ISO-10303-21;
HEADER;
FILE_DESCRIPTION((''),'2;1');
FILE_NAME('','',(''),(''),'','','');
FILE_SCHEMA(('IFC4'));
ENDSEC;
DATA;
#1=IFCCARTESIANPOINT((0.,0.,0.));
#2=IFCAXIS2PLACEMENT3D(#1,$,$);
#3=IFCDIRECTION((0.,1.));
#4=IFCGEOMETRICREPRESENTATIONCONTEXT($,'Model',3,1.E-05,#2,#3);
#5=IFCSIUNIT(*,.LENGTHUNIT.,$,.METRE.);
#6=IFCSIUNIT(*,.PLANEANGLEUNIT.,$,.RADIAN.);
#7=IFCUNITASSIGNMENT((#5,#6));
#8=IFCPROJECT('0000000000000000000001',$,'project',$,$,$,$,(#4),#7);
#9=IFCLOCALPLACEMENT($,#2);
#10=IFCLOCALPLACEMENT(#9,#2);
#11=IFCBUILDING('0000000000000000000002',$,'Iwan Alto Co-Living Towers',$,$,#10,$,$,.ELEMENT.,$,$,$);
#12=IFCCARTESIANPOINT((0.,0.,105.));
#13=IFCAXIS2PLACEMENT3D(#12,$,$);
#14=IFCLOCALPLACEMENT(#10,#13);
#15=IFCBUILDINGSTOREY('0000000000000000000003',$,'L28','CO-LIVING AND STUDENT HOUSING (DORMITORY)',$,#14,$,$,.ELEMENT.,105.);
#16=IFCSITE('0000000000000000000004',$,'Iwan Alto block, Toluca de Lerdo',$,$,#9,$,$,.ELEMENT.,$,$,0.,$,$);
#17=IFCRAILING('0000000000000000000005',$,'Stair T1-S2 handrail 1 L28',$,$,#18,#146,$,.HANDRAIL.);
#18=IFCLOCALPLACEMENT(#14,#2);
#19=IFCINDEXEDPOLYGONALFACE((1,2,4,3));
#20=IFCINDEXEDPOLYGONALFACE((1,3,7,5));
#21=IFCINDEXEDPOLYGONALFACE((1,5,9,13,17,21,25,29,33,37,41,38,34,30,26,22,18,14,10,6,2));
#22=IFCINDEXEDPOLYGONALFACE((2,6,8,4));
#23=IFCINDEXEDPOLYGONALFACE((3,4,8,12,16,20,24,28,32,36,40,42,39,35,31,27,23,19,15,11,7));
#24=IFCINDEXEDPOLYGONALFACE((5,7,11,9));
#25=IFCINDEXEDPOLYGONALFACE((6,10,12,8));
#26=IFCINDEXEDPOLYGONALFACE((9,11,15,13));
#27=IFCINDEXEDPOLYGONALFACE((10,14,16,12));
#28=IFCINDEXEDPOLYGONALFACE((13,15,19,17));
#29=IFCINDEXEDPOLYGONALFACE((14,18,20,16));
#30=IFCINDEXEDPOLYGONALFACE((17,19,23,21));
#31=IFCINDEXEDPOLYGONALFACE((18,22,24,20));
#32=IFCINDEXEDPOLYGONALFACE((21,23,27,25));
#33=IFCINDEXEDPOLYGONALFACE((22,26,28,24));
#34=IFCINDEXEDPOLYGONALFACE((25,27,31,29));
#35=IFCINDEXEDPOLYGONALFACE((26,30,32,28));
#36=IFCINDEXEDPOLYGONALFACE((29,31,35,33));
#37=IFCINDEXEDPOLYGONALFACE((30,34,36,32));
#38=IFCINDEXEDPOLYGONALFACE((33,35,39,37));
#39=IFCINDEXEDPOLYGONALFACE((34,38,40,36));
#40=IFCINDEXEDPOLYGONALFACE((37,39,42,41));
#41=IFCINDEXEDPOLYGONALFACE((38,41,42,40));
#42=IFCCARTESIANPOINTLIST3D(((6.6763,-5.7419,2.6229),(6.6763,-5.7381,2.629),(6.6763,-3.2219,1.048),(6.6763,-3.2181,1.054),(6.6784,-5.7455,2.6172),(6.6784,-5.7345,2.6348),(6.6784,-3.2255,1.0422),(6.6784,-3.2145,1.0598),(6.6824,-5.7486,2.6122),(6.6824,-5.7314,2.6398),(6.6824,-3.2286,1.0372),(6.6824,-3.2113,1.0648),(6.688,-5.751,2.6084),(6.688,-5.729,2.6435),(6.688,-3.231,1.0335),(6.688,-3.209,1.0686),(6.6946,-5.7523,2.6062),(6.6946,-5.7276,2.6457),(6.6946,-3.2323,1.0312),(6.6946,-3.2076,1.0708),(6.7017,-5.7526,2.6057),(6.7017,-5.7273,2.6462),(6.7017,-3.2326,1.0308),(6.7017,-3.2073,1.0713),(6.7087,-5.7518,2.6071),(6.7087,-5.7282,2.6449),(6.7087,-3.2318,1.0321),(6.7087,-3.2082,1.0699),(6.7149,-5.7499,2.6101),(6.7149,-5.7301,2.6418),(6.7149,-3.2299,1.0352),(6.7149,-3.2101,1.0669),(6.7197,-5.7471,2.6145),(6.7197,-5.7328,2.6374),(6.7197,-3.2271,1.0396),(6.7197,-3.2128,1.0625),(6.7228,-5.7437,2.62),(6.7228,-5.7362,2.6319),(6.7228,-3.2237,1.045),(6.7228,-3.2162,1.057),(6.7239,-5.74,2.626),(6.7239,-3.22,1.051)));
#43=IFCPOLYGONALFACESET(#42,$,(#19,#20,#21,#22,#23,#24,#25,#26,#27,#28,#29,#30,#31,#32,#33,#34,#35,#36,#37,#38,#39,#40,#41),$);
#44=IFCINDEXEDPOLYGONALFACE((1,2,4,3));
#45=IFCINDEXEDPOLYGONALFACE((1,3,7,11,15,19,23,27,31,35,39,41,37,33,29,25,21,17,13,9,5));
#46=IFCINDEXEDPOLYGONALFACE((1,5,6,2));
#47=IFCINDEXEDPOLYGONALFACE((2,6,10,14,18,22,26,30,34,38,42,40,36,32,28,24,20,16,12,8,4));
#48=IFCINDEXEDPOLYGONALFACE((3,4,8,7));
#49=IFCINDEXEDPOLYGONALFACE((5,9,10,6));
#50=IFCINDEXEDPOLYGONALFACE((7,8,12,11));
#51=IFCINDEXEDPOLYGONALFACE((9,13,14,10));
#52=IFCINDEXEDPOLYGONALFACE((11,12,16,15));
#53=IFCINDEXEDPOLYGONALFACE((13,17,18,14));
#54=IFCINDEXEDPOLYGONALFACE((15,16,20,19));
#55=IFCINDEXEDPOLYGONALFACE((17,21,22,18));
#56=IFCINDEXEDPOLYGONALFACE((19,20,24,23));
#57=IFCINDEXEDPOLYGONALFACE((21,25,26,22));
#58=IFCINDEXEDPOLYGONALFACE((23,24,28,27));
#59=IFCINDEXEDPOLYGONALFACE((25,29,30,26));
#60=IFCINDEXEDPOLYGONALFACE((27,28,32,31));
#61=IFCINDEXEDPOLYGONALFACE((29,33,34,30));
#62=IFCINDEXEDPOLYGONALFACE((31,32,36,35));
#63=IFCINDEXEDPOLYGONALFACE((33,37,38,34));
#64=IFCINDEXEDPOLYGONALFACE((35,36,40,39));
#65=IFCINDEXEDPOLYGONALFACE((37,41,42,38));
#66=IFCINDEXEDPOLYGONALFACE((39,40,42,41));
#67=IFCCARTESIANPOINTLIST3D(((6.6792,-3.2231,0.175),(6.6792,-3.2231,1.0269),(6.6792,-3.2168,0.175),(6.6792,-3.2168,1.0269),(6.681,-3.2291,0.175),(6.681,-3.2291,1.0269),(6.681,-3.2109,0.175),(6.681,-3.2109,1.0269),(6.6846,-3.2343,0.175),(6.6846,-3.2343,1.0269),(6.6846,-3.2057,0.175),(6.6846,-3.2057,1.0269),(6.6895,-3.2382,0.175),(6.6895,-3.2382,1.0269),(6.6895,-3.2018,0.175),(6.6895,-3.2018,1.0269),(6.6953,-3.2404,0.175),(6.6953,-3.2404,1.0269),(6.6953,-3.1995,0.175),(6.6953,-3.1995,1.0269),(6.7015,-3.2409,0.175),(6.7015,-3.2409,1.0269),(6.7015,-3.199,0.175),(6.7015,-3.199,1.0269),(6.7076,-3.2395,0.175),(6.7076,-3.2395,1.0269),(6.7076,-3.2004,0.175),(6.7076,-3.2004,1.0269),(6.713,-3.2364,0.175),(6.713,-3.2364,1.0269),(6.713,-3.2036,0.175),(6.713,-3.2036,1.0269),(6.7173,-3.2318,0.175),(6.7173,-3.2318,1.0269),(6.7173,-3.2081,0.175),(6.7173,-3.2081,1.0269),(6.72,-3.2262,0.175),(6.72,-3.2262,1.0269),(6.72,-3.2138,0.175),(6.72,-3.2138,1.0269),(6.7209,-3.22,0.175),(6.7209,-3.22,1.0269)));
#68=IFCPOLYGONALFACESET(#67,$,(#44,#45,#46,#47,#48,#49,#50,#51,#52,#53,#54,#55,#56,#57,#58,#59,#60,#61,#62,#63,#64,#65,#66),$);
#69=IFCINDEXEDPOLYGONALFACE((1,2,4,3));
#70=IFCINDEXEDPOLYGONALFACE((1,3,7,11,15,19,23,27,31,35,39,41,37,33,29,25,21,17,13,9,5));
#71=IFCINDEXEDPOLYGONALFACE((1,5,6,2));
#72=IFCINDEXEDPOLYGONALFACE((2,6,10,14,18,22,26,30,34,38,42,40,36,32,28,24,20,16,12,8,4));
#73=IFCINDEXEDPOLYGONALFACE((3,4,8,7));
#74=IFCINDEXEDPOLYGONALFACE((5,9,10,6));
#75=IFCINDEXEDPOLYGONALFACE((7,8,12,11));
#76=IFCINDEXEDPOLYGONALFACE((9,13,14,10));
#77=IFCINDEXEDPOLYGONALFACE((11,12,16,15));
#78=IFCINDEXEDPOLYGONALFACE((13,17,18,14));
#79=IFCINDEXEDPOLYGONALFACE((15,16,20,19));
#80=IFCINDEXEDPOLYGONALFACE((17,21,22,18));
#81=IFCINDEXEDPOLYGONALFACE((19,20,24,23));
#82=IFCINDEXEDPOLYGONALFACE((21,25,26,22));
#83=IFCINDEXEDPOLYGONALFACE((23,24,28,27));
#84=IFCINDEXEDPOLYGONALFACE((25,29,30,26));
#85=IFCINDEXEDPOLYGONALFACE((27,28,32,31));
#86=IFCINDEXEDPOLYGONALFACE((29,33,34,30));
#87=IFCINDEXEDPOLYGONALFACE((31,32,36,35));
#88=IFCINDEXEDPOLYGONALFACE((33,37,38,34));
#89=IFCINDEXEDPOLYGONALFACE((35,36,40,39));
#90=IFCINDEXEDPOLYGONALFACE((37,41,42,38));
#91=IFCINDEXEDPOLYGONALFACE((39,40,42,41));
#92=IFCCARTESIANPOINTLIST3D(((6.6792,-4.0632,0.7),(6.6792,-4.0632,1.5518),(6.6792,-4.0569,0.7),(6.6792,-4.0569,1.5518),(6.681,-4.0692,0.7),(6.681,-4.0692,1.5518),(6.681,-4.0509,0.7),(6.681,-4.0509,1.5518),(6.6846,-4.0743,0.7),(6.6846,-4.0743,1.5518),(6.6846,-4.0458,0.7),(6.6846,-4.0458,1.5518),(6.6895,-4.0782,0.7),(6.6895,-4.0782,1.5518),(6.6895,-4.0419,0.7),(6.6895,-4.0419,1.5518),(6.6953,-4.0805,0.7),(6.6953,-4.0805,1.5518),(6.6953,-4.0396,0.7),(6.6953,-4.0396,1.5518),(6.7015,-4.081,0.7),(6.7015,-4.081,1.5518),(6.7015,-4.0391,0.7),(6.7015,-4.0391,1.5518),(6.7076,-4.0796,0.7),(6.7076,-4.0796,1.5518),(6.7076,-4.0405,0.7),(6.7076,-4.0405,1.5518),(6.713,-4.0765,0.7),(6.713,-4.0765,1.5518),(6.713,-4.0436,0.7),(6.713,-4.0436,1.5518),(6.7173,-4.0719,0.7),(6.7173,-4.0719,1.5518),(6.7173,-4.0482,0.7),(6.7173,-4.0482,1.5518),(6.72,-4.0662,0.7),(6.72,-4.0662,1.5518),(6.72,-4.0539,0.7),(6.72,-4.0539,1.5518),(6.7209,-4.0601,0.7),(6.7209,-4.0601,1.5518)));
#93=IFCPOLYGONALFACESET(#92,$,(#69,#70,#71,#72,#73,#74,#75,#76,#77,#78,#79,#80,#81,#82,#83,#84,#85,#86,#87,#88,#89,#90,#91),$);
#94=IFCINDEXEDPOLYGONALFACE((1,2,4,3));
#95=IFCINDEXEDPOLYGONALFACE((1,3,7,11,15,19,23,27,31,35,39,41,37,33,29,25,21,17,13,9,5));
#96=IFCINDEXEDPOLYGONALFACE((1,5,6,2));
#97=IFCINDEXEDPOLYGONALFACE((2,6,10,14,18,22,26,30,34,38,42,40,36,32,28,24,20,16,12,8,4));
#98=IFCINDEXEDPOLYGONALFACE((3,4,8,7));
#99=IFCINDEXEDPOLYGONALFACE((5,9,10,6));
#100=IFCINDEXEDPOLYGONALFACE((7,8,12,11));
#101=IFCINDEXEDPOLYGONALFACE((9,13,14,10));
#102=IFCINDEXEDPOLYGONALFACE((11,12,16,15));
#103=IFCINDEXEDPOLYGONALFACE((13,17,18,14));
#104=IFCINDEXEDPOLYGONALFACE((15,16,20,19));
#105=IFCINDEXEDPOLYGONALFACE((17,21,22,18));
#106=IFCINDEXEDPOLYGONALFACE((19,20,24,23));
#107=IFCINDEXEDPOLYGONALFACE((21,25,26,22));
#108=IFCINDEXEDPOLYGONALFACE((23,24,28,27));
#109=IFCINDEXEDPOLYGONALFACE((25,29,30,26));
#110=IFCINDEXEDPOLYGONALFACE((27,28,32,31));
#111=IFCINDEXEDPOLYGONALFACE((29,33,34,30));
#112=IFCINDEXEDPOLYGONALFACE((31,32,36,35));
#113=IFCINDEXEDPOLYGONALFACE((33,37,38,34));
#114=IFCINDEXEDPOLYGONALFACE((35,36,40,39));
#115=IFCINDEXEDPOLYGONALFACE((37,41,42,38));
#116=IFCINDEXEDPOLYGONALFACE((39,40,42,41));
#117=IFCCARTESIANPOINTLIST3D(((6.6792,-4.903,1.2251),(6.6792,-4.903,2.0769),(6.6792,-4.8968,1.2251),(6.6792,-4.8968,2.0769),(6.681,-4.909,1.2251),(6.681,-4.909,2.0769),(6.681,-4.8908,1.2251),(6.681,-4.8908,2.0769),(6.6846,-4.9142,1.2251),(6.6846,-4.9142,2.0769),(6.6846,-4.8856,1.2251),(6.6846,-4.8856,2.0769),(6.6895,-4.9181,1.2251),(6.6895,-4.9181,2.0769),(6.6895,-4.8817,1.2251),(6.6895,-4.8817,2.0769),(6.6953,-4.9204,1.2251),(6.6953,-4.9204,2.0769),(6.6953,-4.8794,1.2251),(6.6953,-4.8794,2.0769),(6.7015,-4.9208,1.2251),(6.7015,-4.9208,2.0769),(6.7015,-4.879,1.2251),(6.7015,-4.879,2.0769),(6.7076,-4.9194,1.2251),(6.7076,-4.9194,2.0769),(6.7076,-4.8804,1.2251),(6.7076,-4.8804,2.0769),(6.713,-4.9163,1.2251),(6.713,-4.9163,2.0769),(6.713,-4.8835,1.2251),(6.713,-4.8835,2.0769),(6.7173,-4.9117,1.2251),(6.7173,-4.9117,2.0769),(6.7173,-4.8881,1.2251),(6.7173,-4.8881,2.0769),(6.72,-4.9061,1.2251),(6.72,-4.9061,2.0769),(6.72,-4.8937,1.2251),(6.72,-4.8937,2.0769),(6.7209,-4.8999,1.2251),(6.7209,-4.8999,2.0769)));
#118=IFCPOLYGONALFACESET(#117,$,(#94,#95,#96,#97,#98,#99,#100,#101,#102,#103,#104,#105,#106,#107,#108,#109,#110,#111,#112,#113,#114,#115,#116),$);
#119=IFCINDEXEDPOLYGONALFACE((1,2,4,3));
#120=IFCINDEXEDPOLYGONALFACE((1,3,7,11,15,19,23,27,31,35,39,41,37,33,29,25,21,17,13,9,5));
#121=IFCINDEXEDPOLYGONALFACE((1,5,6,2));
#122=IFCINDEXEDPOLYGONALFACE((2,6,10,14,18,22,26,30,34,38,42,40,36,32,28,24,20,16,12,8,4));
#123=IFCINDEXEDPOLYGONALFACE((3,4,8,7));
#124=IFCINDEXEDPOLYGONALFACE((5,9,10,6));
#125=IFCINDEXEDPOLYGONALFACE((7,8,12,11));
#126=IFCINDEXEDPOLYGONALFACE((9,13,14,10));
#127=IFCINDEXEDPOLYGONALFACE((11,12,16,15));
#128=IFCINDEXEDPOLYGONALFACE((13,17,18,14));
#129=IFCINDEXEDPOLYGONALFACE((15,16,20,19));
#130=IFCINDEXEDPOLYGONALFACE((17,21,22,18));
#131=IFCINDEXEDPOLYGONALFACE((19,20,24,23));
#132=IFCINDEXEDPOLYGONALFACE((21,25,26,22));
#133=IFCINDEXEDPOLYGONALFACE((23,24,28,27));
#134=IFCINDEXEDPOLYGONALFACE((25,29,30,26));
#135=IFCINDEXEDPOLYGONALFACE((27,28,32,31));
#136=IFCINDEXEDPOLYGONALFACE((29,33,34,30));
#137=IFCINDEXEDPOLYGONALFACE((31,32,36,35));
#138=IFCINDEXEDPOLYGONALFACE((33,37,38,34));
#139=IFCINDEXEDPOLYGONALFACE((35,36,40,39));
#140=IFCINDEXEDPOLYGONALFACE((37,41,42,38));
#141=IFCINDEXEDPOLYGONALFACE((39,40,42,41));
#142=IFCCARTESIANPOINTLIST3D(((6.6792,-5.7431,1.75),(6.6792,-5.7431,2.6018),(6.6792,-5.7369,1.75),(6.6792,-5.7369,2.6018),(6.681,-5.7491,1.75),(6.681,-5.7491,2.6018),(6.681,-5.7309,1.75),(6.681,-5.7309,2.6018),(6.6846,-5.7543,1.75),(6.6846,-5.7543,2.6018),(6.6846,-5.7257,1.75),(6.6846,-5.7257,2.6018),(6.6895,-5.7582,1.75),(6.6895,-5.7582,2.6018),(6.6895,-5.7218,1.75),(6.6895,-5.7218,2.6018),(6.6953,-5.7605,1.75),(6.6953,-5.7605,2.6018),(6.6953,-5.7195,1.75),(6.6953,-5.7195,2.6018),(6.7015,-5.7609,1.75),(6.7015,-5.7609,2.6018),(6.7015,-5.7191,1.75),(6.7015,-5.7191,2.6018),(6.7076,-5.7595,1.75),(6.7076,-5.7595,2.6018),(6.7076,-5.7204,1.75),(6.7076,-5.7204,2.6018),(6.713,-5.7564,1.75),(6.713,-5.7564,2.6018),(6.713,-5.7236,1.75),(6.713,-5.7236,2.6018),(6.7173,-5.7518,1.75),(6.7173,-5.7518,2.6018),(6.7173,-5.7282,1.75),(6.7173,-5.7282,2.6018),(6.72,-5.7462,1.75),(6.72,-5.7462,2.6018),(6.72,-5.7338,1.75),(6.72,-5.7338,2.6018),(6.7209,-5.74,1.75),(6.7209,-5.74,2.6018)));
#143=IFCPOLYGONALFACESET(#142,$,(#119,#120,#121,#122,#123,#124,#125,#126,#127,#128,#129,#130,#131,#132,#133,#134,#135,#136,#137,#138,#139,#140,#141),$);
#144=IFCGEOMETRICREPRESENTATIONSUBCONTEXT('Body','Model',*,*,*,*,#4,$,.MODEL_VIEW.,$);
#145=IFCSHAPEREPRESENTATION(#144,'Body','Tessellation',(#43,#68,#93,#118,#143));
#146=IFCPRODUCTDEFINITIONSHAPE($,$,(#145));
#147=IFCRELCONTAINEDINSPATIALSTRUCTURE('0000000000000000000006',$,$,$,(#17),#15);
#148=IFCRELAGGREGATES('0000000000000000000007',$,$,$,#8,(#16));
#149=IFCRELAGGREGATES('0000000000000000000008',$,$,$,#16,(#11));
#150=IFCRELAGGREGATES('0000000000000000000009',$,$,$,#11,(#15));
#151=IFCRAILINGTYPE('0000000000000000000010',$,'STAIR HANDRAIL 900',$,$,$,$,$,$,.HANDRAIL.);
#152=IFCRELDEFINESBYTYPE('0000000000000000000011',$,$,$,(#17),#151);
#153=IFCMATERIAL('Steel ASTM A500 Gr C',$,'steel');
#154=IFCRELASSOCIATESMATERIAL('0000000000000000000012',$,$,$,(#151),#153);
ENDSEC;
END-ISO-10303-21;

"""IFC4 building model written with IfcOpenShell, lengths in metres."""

from ifc_helpers import new_model, si_unit, direction, frame, origin, origin_2d, place, context, subcontext, project, spatial, circle, extrude, material, type_object, element, save


model = new_model("IFC4")

# Units and contexts
model_context = context("Model", 3, precision=1e-05, world=origin(), true_north=direction((0.0, 1.0)))
body_context = subcontext(model_context, "Body", "Model", "MODEL_VIEW")
ifc_project = project(units=[si_unit("LENGTHUNIT", "METRE"), si_unit("PLANEANGLEUNIT", "RADIAN")], contexts=[model_context])

# Site, building, storey
site_placement = place(None, origin())
site = spatial("IfcSite", under=ifc_project, at=site_placement, Name="Iwan Alto block, Toluca de Lerdo", CompositionType="ELEMENT", RefElevation=0.0)
building_placement = place(site_placement, origin())
building = spatial("IfcBuilding", under=site, at=building_placement, Name="Iwan Alto Co-Living Towers", CompositionType="ELEMENT")
storey_placement = place(building_placement, frame((0.0, 0.0, 105.0)))
storey = spatial("IfcBuildingStorey", under=building, at=storey_placement, Name="L28", Description="CO-LIVING AND STUDENT HOUSING (DORMITORY)", CompositionType="ELEMENT", Elevation=105.0)

# Railing
ifc_material_1 = material(Name="Steel ASTM A500 Gr C", Category="steel")
railing_type_1 = type_object("IfcRailingType", Name="STAIR HANDRAIL 900", PredefinedType="HANDRAIL", material=ifc_material_1)
railing_1_placement = place(storey_placement, frame((6.7, -3.22, 0.175)))
element("IfcRailing", 1, at=railing_1_placement, inside=storey, type_object=railing_type_1, Name="Stair T1-S2 handrail 1 L28", PredefinedType="HANDRAIL", context=body_context, shape_type="SweptSolid", body=[
    extrude(circle(Radius=0.0239, at=origin_2d()), frame((0.0, 0.0, 0.876), z_axis=(0.0, -0.848008, 0.529984), x_axis=(1.0, 0.0, 0.0)), (0.0, 0.0, 1.0), 2.9717),
    extrude(circle(Radius=0.021, at=origin_2d()), origin(), (0.0, 0.0, 1.0), 0.8518),
    extrude(circle(Radius=0.021, at=origin_2d()), frame((0.0, -0.8401, 0.5249)), (0.0, 0.0, 1.0), 0.8518),
    extrude(circle(Radius=0.021, at=origin_2d()), frame((0.0, -1.6799, 1.05)), (0.0, 0.0, 1.0), 0.8518),
    extrude(circle(Radius=0.021, at=origin_2d()), frame((0.0, -2.52, 1.575)), (0.0, 0.0, 1.0), 0.8518),
])

save(model, "model.ifc")
